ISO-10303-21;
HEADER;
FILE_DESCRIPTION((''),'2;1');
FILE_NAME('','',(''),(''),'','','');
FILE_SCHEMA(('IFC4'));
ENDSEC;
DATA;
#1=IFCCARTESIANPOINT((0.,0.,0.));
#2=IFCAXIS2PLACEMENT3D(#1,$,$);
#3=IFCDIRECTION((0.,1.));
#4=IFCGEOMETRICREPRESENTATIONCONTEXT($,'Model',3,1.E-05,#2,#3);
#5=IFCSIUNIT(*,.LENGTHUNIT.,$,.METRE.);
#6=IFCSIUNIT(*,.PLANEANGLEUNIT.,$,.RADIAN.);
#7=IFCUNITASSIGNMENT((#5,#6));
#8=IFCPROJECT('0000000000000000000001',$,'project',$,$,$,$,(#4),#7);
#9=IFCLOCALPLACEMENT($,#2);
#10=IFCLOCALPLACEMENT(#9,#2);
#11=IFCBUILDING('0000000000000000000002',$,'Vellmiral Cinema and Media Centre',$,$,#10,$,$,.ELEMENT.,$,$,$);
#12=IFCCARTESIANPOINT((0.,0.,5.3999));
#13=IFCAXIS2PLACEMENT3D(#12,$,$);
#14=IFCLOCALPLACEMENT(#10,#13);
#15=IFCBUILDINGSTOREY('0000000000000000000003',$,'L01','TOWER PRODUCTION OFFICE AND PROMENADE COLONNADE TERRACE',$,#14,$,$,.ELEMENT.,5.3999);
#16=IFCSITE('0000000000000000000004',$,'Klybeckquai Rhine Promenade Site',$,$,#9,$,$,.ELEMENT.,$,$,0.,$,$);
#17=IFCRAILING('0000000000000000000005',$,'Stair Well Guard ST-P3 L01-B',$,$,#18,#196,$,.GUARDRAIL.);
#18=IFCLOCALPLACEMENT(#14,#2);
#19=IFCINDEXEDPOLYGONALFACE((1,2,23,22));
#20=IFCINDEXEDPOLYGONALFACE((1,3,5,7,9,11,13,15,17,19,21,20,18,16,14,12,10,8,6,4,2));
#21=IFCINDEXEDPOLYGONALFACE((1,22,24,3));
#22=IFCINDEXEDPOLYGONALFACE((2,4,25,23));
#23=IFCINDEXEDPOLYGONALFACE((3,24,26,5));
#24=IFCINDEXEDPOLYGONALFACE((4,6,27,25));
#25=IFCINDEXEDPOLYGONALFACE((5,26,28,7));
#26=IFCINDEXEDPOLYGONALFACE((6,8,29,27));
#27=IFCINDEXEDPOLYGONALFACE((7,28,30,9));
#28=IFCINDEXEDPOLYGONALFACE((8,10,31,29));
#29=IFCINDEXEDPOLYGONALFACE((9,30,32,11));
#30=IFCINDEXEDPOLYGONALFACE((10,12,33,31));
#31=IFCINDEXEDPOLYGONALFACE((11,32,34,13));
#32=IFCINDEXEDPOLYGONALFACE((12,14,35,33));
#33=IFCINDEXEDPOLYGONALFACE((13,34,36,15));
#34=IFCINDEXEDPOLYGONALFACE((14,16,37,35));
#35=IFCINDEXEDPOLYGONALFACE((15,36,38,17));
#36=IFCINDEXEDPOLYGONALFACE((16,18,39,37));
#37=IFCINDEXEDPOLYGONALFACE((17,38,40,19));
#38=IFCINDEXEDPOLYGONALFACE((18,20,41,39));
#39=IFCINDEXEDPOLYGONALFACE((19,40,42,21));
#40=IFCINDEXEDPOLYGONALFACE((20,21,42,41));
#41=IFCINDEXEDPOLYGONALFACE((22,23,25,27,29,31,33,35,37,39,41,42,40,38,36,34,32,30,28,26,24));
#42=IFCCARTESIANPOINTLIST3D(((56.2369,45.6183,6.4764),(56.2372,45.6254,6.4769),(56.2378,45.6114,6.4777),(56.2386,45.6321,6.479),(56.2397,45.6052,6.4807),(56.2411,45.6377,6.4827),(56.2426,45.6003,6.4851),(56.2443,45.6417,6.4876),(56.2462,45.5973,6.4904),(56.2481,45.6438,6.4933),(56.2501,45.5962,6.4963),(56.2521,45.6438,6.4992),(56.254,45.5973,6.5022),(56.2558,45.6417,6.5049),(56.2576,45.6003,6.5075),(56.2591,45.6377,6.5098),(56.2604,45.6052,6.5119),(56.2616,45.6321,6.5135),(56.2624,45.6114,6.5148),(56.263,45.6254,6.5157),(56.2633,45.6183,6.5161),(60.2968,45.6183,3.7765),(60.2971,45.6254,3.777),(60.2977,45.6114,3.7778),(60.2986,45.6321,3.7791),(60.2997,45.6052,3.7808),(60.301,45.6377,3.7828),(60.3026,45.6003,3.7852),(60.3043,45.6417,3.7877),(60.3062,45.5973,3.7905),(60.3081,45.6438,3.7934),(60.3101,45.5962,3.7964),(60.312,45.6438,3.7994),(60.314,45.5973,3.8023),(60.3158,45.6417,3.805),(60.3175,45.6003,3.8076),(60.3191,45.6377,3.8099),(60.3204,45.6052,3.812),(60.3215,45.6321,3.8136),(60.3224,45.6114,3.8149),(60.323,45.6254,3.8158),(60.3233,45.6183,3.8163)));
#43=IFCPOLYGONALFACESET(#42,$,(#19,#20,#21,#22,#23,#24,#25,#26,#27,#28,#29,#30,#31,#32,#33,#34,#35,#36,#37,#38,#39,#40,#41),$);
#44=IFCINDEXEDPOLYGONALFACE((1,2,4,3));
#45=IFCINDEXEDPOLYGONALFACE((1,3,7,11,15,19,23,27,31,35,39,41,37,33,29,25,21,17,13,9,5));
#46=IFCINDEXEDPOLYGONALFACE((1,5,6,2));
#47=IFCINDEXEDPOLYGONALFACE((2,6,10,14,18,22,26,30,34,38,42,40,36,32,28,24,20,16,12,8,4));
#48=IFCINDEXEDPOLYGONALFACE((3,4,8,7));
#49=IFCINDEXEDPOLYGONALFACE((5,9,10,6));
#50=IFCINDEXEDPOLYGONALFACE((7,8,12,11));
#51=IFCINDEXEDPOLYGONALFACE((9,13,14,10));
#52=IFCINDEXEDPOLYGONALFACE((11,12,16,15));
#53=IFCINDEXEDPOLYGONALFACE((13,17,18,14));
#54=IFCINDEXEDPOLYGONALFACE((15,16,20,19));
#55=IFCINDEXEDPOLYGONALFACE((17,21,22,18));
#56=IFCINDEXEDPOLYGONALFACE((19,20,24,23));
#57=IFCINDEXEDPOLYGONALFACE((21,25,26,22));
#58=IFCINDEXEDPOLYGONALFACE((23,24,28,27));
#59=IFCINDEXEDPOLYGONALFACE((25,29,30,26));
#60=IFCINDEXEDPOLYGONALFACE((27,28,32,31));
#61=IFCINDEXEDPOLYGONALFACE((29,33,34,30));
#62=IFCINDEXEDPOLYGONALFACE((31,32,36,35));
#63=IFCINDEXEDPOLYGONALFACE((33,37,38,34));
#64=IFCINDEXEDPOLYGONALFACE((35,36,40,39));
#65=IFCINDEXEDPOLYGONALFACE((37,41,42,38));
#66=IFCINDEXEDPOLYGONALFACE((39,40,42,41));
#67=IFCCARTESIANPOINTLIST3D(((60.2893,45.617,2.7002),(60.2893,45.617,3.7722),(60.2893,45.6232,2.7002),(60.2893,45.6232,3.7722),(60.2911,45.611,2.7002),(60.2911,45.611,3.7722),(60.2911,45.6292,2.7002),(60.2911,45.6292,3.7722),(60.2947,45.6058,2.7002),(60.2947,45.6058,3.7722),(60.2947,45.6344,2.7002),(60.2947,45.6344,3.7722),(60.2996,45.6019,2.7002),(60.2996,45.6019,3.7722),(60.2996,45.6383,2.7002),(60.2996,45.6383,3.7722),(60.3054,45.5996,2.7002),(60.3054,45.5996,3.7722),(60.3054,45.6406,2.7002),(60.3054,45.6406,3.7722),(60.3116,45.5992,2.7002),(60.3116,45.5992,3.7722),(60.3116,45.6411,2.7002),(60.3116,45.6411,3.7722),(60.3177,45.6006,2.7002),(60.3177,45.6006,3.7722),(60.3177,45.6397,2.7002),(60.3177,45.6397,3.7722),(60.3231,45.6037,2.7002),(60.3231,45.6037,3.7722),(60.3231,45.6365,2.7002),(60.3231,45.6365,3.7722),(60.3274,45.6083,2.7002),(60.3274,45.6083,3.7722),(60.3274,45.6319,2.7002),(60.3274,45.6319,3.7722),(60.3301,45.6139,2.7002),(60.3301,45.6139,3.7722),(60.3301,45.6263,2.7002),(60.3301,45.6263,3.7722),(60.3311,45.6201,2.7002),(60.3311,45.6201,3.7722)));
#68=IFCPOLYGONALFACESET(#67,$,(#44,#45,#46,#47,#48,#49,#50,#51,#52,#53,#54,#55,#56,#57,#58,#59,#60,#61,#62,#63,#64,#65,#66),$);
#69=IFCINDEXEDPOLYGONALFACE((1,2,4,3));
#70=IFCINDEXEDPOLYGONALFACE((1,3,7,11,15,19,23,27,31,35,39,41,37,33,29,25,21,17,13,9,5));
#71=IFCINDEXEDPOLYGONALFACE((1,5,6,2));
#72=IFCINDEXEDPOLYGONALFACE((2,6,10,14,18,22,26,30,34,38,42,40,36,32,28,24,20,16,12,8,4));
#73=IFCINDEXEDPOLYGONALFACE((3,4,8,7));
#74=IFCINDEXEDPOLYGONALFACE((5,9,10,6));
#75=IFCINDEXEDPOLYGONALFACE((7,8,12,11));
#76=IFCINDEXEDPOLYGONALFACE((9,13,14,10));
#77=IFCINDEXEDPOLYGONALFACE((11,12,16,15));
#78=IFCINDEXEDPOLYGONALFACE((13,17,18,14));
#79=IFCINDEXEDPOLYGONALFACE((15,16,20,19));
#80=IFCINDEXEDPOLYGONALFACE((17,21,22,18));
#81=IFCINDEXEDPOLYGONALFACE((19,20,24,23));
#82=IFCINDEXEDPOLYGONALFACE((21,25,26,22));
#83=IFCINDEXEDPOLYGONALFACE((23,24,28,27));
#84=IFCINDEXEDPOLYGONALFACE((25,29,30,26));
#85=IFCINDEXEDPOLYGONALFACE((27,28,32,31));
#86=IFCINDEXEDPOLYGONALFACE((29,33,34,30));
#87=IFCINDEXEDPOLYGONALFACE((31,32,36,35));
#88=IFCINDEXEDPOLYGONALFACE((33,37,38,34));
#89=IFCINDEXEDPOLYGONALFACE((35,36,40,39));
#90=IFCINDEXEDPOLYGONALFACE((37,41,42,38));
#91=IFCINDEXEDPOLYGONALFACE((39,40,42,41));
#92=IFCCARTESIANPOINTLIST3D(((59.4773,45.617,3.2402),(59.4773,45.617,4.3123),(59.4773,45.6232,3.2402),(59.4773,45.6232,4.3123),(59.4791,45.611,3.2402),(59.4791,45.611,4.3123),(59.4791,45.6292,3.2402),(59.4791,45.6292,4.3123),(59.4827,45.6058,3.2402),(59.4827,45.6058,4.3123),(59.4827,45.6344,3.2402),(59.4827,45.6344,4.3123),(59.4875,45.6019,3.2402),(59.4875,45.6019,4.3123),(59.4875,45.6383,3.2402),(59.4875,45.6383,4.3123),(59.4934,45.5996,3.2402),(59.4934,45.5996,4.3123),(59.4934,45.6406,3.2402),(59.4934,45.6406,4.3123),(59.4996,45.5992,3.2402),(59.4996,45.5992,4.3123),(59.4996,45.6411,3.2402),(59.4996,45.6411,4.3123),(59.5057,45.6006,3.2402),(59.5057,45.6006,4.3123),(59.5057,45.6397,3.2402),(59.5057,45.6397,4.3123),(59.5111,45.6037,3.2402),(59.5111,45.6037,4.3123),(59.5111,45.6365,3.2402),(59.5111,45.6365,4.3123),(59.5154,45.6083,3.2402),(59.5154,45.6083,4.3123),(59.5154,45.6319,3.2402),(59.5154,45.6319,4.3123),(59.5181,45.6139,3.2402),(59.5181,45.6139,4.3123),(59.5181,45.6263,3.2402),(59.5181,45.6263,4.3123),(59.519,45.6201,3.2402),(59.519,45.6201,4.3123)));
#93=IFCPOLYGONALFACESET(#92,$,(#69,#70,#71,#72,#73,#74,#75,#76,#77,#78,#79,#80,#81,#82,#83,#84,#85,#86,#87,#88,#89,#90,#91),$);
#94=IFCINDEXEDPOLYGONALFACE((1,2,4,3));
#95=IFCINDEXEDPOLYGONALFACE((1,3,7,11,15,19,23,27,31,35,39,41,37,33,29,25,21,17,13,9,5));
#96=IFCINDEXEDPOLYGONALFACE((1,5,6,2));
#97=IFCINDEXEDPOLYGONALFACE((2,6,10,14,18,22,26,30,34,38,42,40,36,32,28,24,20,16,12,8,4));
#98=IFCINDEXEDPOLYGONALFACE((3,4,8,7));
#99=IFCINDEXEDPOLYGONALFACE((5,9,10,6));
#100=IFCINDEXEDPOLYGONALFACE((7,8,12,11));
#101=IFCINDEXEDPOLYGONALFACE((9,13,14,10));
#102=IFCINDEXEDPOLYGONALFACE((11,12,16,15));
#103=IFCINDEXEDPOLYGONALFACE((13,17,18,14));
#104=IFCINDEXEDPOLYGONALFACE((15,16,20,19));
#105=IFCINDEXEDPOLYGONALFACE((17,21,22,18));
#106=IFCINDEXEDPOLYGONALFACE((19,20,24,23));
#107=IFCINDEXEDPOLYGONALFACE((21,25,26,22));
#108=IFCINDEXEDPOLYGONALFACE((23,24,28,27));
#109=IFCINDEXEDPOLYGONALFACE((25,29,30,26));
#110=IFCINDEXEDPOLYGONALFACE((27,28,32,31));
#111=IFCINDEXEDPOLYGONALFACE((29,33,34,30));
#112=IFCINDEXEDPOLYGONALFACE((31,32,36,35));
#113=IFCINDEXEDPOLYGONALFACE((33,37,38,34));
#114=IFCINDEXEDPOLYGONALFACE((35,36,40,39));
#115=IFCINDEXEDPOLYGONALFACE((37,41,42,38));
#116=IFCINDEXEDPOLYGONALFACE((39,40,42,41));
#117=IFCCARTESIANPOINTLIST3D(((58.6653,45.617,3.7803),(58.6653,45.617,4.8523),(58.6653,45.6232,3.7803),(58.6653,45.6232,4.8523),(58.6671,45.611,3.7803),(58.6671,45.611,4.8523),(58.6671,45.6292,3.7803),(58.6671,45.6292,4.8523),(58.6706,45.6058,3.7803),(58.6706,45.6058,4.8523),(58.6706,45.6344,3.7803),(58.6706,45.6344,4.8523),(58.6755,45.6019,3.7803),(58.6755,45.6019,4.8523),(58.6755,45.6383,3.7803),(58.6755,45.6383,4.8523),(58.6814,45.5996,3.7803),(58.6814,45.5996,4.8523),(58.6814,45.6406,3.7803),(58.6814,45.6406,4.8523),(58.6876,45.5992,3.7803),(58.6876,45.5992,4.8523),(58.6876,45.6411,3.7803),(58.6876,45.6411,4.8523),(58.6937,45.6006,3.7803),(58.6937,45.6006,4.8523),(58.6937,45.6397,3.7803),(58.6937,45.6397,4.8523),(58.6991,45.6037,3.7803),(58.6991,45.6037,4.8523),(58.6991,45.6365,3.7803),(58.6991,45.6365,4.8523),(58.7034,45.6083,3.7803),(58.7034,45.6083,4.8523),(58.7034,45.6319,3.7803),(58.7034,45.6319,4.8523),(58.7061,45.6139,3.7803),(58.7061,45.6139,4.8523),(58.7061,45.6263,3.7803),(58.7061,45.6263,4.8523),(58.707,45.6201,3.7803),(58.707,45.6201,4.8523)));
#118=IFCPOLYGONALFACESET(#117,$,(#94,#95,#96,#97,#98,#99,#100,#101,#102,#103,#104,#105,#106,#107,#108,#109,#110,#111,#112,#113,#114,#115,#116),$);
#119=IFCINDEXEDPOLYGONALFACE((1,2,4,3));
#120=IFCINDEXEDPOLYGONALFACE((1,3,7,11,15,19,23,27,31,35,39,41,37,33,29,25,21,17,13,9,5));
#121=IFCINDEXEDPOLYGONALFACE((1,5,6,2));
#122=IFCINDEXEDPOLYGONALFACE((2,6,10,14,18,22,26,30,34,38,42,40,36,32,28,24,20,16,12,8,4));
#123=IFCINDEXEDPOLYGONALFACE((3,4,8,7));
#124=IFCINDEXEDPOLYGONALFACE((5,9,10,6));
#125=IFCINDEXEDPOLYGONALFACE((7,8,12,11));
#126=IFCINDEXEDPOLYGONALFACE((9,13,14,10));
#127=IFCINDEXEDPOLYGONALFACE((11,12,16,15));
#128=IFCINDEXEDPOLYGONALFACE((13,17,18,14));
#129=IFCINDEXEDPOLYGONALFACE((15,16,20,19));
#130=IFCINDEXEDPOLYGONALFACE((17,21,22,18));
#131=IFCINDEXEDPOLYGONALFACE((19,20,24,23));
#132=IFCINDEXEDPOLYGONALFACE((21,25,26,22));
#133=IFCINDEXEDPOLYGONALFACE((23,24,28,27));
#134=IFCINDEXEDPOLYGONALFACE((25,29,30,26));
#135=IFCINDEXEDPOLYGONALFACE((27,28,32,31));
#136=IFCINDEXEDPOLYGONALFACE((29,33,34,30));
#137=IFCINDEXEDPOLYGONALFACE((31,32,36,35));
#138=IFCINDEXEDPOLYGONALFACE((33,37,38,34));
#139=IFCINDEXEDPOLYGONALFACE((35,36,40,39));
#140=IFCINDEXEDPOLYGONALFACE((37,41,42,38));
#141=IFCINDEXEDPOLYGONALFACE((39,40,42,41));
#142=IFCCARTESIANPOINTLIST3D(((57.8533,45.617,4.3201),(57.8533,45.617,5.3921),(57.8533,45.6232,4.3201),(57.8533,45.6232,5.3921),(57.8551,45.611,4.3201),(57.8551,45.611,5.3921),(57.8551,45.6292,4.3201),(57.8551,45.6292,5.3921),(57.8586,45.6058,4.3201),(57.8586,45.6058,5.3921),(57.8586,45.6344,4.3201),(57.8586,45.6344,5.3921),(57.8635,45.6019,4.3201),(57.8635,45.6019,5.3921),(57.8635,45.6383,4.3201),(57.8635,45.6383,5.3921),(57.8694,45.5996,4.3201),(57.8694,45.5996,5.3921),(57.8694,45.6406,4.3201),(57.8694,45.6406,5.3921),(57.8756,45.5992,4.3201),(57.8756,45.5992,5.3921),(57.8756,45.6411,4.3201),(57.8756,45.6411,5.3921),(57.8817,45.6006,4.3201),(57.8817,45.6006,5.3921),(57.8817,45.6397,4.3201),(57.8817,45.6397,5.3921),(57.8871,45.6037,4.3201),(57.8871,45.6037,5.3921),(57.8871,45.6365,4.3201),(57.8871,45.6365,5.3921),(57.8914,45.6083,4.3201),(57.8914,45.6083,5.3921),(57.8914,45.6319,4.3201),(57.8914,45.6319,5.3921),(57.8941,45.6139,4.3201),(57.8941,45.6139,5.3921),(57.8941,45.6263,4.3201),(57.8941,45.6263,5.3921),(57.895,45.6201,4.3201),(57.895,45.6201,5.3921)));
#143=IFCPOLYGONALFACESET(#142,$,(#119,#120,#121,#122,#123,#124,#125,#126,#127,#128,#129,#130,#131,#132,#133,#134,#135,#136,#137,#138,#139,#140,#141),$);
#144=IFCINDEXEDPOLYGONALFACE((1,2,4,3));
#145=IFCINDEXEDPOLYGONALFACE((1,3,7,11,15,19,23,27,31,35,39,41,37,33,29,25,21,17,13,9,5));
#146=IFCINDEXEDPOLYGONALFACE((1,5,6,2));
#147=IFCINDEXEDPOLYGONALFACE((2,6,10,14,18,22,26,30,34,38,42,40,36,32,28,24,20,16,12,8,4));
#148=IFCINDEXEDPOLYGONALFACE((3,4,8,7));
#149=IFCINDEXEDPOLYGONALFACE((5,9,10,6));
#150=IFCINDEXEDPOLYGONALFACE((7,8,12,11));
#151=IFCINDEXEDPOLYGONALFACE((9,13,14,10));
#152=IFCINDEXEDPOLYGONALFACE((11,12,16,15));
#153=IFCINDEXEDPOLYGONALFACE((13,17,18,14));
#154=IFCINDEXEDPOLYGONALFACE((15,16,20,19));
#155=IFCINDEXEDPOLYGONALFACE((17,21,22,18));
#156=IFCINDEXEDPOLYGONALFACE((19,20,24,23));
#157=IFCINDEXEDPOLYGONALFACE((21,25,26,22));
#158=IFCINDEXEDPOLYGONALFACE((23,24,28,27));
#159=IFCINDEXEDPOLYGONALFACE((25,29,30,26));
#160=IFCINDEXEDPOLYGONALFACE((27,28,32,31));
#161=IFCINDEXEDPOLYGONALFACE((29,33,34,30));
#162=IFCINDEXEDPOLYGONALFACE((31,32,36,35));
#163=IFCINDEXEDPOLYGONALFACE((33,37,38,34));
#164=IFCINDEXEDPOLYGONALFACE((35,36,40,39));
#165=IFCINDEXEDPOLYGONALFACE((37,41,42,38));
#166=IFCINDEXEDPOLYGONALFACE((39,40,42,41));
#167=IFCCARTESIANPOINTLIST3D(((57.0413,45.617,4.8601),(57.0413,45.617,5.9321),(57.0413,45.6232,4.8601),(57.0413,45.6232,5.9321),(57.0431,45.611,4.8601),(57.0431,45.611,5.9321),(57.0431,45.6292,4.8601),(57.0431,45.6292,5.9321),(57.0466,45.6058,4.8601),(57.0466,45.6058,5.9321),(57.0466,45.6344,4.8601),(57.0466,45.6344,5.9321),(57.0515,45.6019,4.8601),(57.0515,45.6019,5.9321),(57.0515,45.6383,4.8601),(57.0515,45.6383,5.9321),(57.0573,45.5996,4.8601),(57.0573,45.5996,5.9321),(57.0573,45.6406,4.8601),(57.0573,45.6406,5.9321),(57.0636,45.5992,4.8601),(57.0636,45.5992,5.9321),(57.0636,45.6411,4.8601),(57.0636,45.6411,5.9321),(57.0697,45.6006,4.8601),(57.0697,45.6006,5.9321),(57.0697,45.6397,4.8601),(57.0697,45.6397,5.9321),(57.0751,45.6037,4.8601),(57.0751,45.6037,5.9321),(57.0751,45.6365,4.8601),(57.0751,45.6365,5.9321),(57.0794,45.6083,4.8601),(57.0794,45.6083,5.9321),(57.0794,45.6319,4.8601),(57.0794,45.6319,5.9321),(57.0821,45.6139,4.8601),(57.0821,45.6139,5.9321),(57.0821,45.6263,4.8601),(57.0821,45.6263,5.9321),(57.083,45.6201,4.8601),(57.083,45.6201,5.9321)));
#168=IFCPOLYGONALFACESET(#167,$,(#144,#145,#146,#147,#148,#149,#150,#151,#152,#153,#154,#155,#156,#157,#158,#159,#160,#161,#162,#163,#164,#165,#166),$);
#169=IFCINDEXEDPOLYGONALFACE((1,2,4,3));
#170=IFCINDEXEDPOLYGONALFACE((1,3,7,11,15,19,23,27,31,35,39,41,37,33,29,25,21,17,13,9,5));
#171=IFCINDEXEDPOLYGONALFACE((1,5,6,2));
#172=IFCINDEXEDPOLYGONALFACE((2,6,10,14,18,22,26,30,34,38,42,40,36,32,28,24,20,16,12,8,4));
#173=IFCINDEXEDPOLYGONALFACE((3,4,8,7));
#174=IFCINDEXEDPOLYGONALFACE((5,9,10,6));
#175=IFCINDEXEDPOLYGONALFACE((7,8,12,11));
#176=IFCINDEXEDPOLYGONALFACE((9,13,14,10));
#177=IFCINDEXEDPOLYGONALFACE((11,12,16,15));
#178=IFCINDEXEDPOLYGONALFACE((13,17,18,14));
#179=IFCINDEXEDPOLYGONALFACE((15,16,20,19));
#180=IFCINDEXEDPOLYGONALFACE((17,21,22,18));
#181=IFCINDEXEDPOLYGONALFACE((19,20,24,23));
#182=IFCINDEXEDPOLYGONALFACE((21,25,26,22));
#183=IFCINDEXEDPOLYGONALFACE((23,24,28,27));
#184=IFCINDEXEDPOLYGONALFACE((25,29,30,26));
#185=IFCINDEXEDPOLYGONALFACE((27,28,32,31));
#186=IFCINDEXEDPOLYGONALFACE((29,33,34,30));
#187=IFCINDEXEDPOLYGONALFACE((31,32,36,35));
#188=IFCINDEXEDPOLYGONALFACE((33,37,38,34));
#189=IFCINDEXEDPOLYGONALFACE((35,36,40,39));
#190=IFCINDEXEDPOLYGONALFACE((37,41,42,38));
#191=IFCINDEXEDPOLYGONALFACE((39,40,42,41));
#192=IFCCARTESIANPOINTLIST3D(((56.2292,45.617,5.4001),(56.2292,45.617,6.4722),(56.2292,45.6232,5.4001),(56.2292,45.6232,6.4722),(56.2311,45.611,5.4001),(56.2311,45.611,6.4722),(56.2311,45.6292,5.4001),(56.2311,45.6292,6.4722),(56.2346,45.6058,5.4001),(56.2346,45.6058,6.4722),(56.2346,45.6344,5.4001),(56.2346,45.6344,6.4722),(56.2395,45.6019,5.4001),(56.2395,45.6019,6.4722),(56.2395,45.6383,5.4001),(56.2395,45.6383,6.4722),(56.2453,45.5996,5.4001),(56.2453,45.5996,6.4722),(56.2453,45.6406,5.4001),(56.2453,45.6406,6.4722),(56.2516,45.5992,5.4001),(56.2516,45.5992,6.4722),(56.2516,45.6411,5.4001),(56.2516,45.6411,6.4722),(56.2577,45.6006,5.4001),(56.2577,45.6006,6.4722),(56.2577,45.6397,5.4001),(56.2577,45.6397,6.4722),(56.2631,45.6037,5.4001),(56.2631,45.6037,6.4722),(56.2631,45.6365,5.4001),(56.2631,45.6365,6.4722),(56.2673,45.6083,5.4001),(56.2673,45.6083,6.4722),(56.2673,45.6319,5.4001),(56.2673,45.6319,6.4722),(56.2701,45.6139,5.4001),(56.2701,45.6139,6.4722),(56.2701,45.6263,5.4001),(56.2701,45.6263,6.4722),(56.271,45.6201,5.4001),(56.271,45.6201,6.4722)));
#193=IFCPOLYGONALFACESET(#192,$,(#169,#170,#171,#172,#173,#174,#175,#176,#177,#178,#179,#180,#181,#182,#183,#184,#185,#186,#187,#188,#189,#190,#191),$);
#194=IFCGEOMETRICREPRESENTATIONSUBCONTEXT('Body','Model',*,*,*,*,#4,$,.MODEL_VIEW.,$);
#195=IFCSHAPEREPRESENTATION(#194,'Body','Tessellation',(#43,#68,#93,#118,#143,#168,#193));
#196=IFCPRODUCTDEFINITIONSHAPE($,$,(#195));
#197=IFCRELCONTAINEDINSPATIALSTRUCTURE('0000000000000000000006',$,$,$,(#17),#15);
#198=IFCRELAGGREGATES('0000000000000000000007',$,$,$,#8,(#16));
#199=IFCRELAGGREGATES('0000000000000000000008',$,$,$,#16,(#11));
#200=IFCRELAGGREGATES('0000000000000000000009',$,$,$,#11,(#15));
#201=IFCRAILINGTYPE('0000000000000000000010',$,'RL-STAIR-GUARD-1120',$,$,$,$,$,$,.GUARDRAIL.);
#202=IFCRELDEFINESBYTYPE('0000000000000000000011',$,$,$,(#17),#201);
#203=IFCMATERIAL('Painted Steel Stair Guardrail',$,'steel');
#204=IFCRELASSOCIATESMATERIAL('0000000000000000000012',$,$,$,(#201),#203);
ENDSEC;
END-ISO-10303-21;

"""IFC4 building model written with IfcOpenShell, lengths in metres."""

from ifc_helpers import new_model, si_unit, direction, frame, origin, origin_2d, place, context, subcontext, project, spatial, circle, extrude, material, type_object, element, save


model = new_model("IFC4")

# Units and contexts
model_context = context("Model", 3, precision=1e-05, world=origin(), true_north=direction((0.0, 1.0)))
body_context = subcontext(model_context, "Body", "Model", "MODEL_VIEW")
ifc_project = project(units=[si_unit("LENGTHUNIT", "METRE"), si_unit("PLANEANGLEUNIT", "RADIAN")], contexts=[model_context])

# Site, building, storey
site_placement = place(None, origin())
site = spatial("IfcSite", under=ifc_project, at=site_placement, Name="Klybeckquai Rhine Promenade Site", CompositionType="ELEMENT", RefElevation=0.0)
building_placement = place(site_placement, origin())
building = spatial("IfcBuilding", under=site, at=building_placement, Name="Vellmiral Cinema and Media Centre", CompositionType="ELEMENT")
storey_placement = place(building_placement, frame((0.0, 0.0, 5.3999)))
storey = spatial("IfcBuildingStorey", under=building, at=storey_placement, Name="L01", Description="TOWER PRODUCTION OFFICE AND PROMENADE COLONNADE TERRACE", CompositionType="ELEMENT", Elevation=5.3999)

# Railing
ifc_material_1 = material(Name="Painted Steel Stair Guardrail", Category="steel")
railing_type_1 = type_object("IfcRailingType", Name="RL-STAIR-GUARD-1120", PredefinedType="GUARDRAIL", material=ifc_material_1)
railing_1_placement = place(storey_placement, frame((60.3101, 45.6201, 2.7002)))
element("IfcRailing", 1, at=railing_1_placement, inside=storey, type_object=railing_type_1, Name="Stair Well Guard ST-P3 L01-B", PredefinedType="GUARDRAIL", context=body_context, shape_type="SweptSolid", body=[
    extrude(circle(Radius=0.0239, at=origin_2d()), frame((0.0, 0.0, 1.0962), z_axis=(-0.832689, 0.0, 0.553741), x_axis=(0.0, -1.0, 0.0)), (0.0, 0.0, 1.0), 4.8757),
    extrude(circle(Radius=0.021, at=origin_2d()), origin(), (0.0, 0.0, 1.0), 1.072),
    extrude(circle(Radius=0.021, at=origin_2d()), frame((-0.812, 0.0, 0.54)), (0.0, 0.0, 1.0), 1.072),
    extrude(circle(Radius=0.021, at=origin_2d()), frame((-1.624, 0.0, 1.0801)), (0.0, 0.0, 1.0), 1.072),
    extrude(circle(Radius=0.021, at=origin_2d()), frame((-2.436, 0.0, 1.6199)), (0.0, 0.0, 1.0), 1.072),
    extrude(circle(Radius=0.021, at=origin_2d()), frame((-3.248, 0.0, 2.1599)), (0.0, 0.0, 1.0), 1.072),
    extrude(circle(Radius=0.021, at=origin_2d()), frame((-4.0601, 0.0, 2.7)), (0.0, 0.0, 1.0), 1.072),
])

save(model, "model.ifc")
